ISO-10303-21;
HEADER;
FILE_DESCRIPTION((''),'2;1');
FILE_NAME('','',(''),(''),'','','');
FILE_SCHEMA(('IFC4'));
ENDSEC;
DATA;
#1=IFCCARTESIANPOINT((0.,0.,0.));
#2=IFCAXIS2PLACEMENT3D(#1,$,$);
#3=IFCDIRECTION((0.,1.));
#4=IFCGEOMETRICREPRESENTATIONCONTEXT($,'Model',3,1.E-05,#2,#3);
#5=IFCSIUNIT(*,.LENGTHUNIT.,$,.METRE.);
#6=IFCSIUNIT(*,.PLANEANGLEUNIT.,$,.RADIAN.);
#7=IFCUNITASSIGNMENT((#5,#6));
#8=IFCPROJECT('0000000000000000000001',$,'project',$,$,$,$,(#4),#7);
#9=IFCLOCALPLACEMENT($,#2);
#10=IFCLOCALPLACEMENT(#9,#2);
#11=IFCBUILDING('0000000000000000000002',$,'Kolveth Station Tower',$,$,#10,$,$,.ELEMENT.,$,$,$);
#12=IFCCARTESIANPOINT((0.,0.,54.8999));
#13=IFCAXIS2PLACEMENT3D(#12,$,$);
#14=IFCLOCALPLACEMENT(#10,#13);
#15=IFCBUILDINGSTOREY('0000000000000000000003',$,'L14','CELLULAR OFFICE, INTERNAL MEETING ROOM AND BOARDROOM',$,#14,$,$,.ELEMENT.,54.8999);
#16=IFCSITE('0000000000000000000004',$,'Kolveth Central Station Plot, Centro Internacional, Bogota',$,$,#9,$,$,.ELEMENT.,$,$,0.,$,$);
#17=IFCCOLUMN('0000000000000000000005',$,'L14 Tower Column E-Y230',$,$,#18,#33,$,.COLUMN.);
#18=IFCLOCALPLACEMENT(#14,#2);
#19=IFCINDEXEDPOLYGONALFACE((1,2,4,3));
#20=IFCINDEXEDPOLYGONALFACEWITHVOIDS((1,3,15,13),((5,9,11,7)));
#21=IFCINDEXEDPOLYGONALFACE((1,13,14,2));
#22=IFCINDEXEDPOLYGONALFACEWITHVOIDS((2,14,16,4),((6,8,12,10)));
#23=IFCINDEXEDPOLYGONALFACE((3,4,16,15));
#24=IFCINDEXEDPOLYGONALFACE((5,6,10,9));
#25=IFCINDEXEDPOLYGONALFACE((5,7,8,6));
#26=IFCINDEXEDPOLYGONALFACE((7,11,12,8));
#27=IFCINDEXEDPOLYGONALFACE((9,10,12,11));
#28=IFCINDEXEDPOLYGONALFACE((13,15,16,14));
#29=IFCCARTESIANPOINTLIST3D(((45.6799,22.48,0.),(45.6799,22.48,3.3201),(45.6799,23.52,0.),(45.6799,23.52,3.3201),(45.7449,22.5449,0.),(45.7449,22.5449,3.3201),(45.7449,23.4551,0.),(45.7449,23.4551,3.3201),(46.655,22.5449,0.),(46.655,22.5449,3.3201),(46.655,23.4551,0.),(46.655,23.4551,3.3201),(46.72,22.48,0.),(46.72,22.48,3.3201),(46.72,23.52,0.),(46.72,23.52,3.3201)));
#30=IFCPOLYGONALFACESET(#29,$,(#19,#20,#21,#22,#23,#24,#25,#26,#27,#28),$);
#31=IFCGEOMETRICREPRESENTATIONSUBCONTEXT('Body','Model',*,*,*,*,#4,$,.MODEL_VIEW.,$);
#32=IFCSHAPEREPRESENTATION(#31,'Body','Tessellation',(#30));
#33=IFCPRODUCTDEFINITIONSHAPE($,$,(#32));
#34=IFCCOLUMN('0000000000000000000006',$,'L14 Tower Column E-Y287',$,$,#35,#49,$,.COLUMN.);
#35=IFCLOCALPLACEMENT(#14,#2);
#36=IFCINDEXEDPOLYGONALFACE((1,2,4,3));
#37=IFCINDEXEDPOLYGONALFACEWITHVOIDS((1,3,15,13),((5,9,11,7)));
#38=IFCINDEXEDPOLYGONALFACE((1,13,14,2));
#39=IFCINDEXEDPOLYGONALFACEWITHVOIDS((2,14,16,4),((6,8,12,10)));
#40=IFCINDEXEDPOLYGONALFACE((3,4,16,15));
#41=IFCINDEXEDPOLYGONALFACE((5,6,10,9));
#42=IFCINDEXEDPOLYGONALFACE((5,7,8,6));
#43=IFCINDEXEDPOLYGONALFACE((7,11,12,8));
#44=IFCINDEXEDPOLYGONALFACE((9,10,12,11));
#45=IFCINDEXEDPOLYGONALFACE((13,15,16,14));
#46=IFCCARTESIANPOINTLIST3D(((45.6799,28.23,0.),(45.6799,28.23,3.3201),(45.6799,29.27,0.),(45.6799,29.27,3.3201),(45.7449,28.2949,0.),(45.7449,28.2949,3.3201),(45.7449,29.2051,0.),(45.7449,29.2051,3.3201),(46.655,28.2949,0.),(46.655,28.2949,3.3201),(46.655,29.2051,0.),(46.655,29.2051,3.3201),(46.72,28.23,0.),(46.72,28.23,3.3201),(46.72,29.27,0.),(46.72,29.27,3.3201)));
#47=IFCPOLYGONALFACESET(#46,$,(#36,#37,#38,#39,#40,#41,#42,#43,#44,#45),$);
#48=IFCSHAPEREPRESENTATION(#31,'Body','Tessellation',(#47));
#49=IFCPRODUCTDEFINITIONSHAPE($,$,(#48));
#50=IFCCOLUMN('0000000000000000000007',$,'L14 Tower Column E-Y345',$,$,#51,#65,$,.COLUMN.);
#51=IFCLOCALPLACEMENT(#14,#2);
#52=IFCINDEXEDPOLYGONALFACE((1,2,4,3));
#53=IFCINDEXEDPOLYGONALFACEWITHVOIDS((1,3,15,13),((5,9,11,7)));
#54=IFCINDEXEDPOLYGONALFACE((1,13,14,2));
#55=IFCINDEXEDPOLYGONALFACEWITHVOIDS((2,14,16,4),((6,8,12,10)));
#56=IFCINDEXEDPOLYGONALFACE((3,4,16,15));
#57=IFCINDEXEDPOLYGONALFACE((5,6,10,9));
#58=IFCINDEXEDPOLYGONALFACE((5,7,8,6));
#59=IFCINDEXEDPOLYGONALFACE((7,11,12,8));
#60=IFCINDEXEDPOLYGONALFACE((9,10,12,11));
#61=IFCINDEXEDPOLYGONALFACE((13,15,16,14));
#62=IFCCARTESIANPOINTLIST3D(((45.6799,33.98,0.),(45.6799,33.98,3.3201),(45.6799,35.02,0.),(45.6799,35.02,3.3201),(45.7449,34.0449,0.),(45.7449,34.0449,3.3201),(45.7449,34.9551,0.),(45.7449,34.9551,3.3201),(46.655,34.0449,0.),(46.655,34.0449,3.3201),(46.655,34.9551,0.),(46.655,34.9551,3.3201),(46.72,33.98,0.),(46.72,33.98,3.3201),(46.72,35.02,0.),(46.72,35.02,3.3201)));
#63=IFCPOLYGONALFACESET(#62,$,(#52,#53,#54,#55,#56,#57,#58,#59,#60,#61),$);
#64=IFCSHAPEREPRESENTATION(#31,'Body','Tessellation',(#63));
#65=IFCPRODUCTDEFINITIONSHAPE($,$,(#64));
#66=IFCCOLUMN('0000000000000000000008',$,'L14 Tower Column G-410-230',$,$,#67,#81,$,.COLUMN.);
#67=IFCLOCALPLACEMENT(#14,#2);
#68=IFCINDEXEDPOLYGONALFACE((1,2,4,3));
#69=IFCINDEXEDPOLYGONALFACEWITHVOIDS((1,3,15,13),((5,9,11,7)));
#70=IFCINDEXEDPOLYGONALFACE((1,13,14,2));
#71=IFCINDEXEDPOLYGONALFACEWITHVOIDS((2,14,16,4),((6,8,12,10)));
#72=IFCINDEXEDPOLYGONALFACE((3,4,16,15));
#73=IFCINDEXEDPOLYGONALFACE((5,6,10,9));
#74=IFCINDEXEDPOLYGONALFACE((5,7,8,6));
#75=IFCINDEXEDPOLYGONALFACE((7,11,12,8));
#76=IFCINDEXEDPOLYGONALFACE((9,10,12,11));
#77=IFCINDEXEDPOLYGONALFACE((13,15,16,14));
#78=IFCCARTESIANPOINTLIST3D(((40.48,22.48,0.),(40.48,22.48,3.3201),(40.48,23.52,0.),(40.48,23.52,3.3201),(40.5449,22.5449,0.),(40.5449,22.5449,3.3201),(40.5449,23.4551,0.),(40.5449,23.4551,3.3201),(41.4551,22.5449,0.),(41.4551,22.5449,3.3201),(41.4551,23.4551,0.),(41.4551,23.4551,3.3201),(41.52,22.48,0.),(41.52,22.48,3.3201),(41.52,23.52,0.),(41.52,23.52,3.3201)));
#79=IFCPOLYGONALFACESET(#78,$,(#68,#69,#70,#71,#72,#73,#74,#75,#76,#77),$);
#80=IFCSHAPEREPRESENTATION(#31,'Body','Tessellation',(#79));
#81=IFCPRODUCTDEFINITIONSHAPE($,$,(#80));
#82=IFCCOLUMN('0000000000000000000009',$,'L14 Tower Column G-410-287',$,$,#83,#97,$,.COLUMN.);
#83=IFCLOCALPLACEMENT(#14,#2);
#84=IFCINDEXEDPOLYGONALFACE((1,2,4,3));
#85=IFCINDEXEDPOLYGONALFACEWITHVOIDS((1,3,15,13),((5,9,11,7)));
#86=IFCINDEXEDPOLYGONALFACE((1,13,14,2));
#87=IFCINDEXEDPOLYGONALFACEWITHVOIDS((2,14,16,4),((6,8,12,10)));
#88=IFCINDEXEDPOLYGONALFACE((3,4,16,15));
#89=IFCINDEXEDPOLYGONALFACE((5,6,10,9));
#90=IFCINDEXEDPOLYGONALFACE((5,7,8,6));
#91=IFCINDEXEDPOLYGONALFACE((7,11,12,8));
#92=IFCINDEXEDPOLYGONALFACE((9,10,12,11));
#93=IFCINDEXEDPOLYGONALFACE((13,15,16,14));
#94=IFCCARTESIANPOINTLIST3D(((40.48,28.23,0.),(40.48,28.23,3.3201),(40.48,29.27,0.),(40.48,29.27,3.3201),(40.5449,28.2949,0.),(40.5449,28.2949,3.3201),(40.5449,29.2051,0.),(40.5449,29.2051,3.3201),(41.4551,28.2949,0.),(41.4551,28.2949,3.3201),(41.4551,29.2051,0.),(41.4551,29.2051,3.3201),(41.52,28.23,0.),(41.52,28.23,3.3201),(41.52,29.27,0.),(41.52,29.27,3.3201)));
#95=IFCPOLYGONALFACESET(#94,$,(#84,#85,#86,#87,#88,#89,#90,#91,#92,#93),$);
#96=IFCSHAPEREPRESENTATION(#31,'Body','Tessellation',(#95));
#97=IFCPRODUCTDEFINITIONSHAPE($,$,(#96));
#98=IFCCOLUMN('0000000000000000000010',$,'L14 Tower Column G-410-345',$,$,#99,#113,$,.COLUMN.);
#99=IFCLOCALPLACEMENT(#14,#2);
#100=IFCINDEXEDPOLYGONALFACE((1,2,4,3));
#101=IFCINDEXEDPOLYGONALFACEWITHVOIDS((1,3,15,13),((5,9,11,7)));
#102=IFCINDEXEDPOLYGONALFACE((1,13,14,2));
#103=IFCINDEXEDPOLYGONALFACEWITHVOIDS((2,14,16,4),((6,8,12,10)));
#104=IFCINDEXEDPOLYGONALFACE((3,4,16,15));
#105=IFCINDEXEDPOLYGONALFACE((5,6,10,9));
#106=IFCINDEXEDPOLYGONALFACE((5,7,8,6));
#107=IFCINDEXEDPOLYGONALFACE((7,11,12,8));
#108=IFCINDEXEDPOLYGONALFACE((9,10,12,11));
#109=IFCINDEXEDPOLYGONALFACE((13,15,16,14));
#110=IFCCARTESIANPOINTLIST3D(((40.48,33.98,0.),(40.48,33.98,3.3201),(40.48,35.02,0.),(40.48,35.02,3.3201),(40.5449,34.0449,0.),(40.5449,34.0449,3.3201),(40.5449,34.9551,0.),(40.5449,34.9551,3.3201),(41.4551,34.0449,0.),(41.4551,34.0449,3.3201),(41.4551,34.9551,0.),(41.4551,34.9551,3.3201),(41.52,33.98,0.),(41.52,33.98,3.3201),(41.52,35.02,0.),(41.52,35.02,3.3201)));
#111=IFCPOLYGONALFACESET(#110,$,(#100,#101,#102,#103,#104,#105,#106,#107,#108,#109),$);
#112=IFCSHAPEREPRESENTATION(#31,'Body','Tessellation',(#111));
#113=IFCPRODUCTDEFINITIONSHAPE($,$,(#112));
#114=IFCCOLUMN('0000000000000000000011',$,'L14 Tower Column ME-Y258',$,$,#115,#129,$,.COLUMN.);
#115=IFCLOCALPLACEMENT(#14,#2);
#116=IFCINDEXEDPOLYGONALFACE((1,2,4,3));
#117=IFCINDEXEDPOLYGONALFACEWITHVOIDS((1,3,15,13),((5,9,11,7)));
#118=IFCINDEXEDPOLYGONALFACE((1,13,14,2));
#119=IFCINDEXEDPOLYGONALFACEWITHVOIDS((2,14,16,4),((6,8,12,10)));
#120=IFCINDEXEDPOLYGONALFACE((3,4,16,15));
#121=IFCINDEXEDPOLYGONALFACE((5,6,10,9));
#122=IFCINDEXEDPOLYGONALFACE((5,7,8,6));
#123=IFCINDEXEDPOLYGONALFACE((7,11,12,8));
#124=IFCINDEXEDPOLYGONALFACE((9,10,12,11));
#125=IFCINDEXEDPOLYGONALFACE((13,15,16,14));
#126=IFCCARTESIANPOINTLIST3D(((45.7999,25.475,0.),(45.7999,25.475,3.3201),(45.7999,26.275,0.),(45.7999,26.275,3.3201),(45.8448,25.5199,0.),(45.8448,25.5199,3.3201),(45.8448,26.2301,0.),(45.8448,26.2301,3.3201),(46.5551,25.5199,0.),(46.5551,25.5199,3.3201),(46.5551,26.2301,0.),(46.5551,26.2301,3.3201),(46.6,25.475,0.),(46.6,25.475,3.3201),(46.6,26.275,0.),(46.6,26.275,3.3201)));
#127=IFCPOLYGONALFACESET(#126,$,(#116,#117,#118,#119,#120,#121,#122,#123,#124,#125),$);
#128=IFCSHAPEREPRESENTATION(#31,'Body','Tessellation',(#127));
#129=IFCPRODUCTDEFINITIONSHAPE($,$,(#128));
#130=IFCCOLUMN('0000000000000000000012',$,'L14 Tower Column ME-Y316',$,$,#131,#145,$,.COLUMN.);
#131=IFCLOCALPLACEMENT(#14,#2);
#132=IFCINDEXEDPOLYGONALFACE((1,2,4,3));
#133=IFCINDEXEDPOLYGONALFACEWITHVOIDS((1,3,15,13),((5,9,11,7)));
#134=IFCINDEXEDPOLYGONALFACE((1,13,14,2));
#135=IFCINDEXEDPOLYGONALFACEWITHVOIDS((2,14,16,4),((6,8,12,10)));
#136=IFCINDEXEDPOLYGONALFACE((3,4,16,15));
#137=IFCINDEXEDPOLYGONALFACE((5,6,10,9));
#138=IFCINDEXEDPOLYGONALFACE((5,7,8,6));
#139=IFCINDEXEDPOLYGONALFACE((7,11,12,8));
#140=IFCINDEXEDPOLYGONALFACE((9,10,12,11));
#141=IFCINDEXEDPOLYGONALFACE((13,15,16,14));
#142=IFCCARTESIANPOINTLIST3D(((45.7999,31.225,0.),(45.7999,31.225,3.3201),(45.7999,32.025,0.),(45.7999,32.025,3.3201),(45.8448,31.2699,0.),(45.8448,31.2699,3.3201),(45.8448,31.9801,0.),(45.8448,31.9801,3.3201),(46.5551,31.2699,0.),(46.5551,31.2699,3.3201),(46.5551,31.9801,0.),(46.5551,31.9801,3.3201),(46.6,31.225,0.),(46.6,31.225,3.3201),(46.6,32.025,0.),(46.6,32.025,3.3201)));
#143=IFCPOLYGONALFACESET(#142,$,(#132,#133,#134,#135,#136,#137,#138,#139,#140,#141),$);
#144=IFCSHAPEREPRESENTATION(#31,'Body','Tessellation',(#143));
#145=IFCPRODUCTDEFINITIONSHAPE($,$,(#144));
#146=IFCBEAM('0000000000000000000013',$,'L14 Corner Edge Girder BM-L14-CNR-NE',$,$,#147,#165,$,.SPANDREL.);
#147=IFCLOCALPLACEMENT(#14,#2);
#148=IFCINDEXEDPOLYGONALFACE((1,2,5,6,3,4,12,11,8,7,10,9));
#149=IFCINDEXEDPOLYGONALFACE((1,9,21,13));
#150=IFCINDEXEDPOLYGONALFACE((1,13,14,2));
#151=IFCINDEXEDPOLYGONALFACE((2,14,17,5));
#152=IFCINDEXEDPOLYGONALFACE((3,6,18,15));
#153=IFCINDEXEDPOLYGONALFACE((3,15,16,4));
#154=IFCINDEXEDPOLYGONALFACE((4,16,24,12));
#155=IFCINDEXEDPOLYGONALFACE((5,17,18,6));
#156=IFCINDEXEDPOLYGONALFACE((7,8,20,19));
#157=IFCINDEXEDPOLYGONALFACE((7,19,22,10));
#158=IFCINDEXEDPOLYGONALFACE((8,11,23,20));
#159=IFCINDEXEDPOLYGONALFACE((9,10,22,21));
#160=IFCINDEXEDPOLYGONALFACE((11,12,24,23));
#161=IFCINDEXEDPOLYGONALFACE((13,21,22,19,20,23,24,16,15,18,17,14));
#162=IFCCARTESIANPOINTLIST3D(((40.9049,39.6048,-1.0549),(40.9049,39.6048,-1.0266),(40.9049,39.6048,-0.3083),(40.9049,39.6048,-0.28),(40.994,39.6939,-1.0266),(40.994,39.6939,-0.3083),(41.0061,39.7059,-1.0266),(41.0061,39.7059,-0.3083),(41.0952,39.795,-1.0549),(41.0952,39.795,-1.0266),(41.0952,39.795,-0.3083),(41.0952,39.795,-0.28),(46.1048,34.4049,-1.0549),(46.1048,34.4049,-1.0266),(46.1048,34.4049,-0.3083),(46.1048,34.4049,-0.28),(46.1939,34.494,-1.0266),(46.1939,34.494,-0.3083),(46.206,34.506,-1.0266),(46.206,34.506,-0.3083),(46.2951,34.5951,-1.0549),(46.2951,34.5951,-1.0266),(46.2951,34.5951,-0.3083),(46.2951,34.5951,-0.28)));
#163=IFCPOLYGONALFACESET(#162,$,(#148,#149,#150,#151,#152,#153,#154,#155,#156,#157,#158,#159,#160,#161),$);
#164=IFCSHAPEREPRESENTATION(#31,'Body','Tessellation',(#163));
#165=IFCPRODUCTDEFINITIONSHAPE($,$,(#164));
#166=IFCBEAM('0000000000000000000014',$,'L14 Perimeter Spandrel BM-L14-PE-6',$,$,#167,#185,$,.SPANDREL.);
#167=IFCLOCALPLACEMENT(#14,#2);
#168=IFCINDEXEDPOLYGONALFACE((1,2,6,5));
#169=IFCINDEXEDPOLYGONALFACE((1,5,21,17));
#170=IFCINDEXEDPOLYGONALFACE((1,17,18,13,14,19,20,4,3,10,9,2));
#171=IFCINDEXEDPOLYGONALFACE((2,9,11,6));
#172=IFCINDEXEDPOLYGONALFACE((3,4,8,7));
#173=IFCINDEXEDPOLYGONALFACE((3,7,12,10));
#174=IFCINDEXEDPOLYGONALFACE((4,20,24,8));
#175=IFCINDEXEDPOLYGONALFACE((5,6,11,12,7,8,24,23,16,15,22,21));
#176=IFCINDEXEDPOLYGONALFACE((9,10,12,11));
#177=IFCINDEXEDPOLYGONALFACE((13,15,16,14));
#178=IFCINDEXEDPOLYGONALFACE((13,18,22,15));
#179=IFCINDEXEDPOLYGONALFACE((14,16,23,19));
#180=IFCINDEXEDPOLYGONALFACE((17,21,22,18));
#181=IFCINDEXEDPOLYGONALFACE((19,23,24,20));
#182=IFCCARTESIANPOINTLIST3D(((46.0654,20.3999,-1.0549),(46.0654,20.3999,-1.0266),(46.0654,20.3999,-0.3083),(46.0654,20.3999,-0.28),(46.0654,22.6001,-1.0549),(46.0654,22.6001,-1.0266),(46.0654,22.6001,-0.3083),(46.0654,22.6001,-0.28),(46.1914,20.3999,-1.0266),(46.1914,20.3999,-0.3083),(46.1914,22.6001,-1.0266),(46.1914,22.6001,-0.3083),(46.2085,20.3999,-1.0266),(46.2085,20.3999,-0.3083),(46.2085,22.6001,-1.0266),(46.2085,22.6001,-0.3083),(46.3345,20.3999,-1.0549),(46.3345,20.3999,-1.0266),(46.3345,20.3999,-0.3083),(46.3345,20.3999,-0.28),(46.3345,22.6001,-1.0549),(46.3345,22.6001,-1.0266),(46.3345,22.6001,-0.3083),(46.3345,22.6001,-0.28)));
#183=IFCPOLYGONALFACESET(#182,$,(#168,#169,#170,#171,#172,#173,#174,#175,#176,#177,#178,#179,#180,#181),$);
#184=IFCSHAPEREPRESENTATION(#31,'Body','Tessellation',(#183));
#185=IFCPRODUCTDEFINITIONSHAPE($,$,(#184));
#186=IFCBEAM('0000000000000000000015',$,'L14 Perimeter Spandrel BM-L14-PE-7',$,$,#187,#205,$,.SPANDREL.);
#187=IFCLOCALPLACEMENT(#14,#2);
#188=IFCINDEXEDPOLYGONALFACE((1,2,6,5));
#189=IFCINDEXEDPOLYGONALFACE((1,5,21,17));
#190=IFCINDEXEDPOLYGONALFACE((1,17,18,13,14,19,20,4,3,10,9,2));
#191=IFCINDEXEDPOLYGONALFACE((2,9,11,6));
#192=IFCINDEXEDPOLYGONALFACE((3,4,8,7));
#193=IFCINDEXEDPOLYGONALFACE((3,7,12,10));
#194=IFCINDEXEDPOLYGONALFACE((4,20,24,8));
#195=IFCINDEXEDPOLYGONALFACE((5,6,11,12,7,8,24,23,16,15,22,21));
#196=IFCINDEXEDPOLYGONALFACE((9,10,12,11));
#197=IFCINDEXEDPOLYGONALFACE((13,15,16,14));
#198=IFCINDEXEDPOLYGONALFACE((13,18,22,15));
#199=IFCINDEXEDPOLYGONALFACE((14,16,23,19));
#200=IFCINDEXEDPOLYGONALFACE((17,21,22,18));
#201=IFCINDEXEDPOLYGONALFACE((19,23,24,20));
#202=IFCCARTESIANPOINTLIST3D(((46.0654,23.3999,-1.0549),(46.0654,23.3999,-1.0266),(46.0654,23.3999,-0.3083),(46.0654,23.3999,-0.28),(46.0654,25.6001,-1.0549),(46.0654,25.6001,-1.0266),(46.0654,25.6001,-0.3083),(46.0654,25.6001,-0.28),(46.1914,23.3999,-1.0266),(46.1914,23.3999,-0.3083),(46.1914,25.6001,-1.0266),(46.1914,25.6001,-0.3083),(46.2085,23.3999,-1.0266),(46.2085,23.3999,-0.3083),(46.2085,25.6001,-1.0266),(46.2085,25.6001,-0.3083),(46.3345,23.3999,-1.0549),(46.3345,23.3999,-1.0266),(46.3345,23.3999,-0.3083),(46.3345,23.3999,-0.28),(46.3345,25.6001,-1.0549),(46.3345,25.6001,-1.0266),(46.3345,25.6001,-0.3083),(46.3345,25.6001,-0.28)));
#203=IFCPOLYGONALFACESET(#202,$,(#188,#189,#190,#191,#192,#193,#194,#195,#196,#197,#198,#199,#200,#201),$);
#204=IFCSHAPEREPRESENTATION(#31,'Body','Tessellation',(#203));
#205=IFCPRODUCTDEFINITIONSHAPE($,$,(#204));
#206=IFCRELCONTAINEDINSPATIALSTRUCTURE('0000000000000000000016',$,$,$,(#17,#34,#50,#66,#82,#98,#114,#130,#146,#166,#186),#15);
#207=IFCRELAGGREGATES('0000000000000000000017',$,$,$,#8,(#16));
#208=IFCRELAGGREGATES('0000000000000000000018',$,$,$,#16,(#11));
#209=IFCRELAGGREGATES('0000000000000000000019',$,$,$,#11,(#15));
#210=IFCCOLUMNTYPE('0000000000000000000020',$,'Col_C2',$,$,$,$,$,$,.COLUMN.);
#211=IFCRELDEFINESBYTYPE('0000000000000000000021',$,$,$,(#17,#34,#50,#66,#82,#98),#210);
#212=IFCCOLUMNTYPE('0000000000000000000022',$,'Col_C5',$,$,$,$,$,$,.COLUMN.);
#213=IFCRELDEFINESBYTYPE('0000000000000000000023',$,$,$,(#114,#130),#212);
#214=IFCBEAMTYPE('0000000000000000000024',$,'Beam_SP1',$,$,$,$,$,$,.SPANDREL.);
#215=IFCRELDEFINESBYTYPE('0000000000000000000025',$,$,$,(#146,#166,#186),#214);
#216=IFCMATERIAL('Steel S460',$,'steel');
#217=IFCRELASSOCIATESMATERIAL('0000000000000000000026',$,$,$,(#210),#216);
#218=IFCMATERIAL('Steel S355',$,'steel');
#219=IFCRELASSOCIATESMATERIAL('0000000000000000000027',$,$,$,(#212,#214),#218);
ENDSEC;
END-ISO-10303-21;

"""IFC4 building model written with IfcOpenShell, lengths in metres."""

from ifc_helpers import new_model, si_unit, direction, frame, origin, origin_2d, place, context, subcontext, project, spatial, hollow_rectangle, i_section, extrude, source, transform, mapped, material, material_profile, profile_set, type_object, element, save


model = new_model("IFC4")

# Units and contexts
model_context = context("Model", 3, precision=1e-05, world=origin(), true_north=direction((0.0, 1.0)))
body_context = subcontext(model_context, "Body", "Model", "MODEL_VIEW")
ifc_project = project(units=[si_unit("LENGTHUNIT", "METRE"), si_unit("PLANEANGLEUNIT", "RADIAN")], contexts=[model_context])

# Site, building, storey
site_placement = place(None, origin())
site = spatial("IfcSite", under=ifc_project, at=site_placement, Name="Kolveth Central Station Plot, Centro Internacional, Bogota", CompositionType="ELEMENT", RefElevation=0.0)
building_placement = place(site_placement, origin())
building = spatial("IfcBuilding", under=site, at=building_placement, Name="Kolveth Station Tower", CompositionType="ELEMENT")
storey_placement = place(building_placement, frame((0.0, 0.0, 54.8999)))
storey = spatial("IfcBuildingStorey", under=building, at=storey_placement, Name="L14", Description="CELLULAR OFFICE, INTERNAL MEETING ROOM AND BOARDROOM", CompositionType="ELEMENT", Elevation=54.8999)

# Columns
ifc_material_1 = material(Name="Steel S460", Category="steel")
ifc_material_profile_1 = material_profile(ifc_material_1, hollow_rectangle(XDim=1.04, YDim=1.04, WallThickness=0.0649, at=origin_2d()), Name="BOX1040x1040x65")
ifc_profile_set_1 = profile_set([ifc_material_profile_1], Name="Steel S460")
column_type_1 = type_object("IfcColumnType", Name="Col_C2", PredefinedType="COLUMN", material=ifc_profile_set_1)
shared_shape_1 = source(origin(), body_context, "Body", "SweptSolid", [
    extrude(hollow_rectangle(XDim=1.04, YDim=1.04, WallThickness=0.0649, at=origin_2d()), origin(), (0.0, 0.0, 1.0), 3.3201),
])
for number, where, z_axis, x_axis, name in (
    (1, (46.2, 23.0, 0.0), (0.0, 0.0, 1.0), (1.0, 0.0, 0.0), "L14 Tower Column E-Y230"),
    (2, (46.2, 28.75, 0.0), (0.0, 0.0, 1.0), (1.0, 0.0, 0.0), "L14 Tower Column E-Y287"),
    (3, (46.2, 34.5, 0.0), (0.0, 0.0, 1.0), (1.0, 0.0, 0.0), "L14 Tower Column E-Y345"),
    (4, (41.0, 23.0, 0.0), (0.0, 0.0, 1.0), (1.0, 0.0, 0.0), "L14 Tower Column G-410-230"),
    (5, (41.0, 28.75, 0.0), (0.0, 0.0, 1.0), (1.0, 0.0, 0.0), "L14 Tower Column G-410-287"),
    (6, (41.0, 34.5, 0.0), (0.0, 0.0, 1.0), (1.0, 0.0, 0.0), "L14 Tower Column G-410-345"),
):
    element("IfcColumn", number, at=place(storey_placement, frame(where, z_axis=z_axis, x_axis=x_axis)), inside=storey, type_object=column_type_1, Name=name, PredefinedType="COLUMN", context=body_context, shape_type="MappedRepresentation", body=[
        mapped(shared_shape_1, transform((0.0, 0.0, 0.0), x_axis=(1.0, 0.0, 0.0), y_axis=(0.0, 1.0, 0.0), z_axis=(0.0, 0.0, 1.0), scale=1.0)),
    ])
ifc_material_2 = material(Name="Steel S355", Category="steel")
ifc_material_profile_2 = material_profile(ifc_material_2, hollow_rectangle(XDim=0.8, YDim=0.8, WallThickness=0.0449, at=origin_2d()), Name="BOX800x800x45")
ifc_profile_set_2 = profile_set([ifc_material_profile_2], Name="Steel S355")
column_type_2 = type_object("IfcColumnType", Name="Col_C5", PredefinedType="COLUMN", material=ifc_profile_set_2)
shared_shape_2 = source(origin(), body_context, "Body", "SweptSolid", [
    extrude(hollow_rectangle(XDim=0.8, YDim=0.8, WallThickness=0.0449, at=origin_2d()), origin(), (0.0, 0.0, 1.0), 3.3201),
])
for number, where, z_axis, x_axis, name in (
    (7, (46.2, 25.875, 0.0), (0.0, 0.0, 1.0), (1.0, 0.0, 0.0), "L14 Tower Column ME-Y258"),
    (8, (46.2, 31.625, 0.0), (0.0, 0.0, 1.0), (1.0, 0.0, 0.0), "L14 Tower Column ME-Y316"),
):
    element("IfcColumn", number, at=place(storey_placement, frame(where, z_axis=z_axis, x_axis=x_axis)), inside=storey, type_object=column_type_2, Name=name, PredefinedType="COLUMN", context=body_context, shape_type="MappedRepresentation", body=[
        mapped(shared_shape_2, transform((0.0, 0.0, 0.0), x_axis=(1.0, 0.0, 0.0), y_axis=(0.0, 1.0, 0.0), z_axis=(0.0, 0.0, 1.0), scale=1.0)),
    ])

# Beams
ifc_material_profile_3 = material_profile(ifc_material_2, i_section(OverallWidth=0.269, OverallDepth=0.7749, WebThickness=0.0171, FlangeThickness=0.0283, at=origin_2d()), Name="W760x220")
ifc_profile_set_3 = profile_set([ifc_material_profile_3], Name="Steel S355")
beam_type_1 = type_object("IfcBeamType", Name="Beam_SP1", PredefinedType="SPANDREL", material=ifc_profile_set_3)
shared_shape_3 = source(origin(), body_context, "Body", "SweptSolid", [
    extrude(i_section(OverallWidth=0.269, OverallDepth=0.7749, WebThickness=0.0171, FlangeThickness=0.0283, at=origin_2d()), origin(), (0.0, 0.0, 1.0), 7.3538),
])
beam_placement = place(storey_placement, frame((46.2, 34.5, -0.6675), z_axis=(-0.707107, 0.707107, 0.0), x_axis=(-0.707107, -0.707107, 0.0)))
element("IfcBeam", 9, at=beam_placement, inside=storey, type_object=beam_type_1, Name="L14 Corner Edge Girder BM-L14-CNR-NE", PredefinedType="SPANDREL", context=body_context, shape_type="MappedRepresentation", body=[
    mapped(shared_shape_3, transform((0.0, 0.0, 0.0), x_axis=(1.0, 0.0, 0.0), y_axis=(0.0, 1.0, 0.0), z_axis=(0.0, 0.0, 1.0), scale=1.0)),
])
shared_shape_4 = source(origin(), body_context, "Body", "SweptSolid", [
    extrude(i_section(OverallWidth=0.269, OverallDepth=0.7749, WebThickness=0.0171, FlangeThickness=0.0283, at=origin_2d()), origin(), (0.0, 0.0, 1.0), 2.2002),
])
for number, where, z_axis, x_axis, name in (
    (10, (46.2, 20.3999, -0.6675), (0.0, 1.0, 0.0), (-1.0, 0.0, 0.0), "L14 Perimeter Spandrel BM-L14-PE-6"),
    (11, (46.2, 23.3999, -0.6675), (0.0, 1.0, 0.0), (-1.0, 0.0, 0.0), "L14 Perimeter Spandrel BM-L14-PE-7"),
):
    element("IfcBeam", number, at=place(storey_placement, frame(where, z_axis=z_axis, x_axis=x_axis)), inside=storey, type_object=beam_type_1, Name=name, PredefinedType="SPANDREL", context=body_context, shape_type="MappedRepresentation", body=[
        mapped(shared_shape_4, transform((0.0, 0.0, 0.0), x_axis=(1.0, 0.0, 0.0), y_axis=(0.0, 1.0, 0.0), z_axis=(0.0, 0.0, 1.0), scale=1.0)),
    ])

save(model, "model.ifc")
